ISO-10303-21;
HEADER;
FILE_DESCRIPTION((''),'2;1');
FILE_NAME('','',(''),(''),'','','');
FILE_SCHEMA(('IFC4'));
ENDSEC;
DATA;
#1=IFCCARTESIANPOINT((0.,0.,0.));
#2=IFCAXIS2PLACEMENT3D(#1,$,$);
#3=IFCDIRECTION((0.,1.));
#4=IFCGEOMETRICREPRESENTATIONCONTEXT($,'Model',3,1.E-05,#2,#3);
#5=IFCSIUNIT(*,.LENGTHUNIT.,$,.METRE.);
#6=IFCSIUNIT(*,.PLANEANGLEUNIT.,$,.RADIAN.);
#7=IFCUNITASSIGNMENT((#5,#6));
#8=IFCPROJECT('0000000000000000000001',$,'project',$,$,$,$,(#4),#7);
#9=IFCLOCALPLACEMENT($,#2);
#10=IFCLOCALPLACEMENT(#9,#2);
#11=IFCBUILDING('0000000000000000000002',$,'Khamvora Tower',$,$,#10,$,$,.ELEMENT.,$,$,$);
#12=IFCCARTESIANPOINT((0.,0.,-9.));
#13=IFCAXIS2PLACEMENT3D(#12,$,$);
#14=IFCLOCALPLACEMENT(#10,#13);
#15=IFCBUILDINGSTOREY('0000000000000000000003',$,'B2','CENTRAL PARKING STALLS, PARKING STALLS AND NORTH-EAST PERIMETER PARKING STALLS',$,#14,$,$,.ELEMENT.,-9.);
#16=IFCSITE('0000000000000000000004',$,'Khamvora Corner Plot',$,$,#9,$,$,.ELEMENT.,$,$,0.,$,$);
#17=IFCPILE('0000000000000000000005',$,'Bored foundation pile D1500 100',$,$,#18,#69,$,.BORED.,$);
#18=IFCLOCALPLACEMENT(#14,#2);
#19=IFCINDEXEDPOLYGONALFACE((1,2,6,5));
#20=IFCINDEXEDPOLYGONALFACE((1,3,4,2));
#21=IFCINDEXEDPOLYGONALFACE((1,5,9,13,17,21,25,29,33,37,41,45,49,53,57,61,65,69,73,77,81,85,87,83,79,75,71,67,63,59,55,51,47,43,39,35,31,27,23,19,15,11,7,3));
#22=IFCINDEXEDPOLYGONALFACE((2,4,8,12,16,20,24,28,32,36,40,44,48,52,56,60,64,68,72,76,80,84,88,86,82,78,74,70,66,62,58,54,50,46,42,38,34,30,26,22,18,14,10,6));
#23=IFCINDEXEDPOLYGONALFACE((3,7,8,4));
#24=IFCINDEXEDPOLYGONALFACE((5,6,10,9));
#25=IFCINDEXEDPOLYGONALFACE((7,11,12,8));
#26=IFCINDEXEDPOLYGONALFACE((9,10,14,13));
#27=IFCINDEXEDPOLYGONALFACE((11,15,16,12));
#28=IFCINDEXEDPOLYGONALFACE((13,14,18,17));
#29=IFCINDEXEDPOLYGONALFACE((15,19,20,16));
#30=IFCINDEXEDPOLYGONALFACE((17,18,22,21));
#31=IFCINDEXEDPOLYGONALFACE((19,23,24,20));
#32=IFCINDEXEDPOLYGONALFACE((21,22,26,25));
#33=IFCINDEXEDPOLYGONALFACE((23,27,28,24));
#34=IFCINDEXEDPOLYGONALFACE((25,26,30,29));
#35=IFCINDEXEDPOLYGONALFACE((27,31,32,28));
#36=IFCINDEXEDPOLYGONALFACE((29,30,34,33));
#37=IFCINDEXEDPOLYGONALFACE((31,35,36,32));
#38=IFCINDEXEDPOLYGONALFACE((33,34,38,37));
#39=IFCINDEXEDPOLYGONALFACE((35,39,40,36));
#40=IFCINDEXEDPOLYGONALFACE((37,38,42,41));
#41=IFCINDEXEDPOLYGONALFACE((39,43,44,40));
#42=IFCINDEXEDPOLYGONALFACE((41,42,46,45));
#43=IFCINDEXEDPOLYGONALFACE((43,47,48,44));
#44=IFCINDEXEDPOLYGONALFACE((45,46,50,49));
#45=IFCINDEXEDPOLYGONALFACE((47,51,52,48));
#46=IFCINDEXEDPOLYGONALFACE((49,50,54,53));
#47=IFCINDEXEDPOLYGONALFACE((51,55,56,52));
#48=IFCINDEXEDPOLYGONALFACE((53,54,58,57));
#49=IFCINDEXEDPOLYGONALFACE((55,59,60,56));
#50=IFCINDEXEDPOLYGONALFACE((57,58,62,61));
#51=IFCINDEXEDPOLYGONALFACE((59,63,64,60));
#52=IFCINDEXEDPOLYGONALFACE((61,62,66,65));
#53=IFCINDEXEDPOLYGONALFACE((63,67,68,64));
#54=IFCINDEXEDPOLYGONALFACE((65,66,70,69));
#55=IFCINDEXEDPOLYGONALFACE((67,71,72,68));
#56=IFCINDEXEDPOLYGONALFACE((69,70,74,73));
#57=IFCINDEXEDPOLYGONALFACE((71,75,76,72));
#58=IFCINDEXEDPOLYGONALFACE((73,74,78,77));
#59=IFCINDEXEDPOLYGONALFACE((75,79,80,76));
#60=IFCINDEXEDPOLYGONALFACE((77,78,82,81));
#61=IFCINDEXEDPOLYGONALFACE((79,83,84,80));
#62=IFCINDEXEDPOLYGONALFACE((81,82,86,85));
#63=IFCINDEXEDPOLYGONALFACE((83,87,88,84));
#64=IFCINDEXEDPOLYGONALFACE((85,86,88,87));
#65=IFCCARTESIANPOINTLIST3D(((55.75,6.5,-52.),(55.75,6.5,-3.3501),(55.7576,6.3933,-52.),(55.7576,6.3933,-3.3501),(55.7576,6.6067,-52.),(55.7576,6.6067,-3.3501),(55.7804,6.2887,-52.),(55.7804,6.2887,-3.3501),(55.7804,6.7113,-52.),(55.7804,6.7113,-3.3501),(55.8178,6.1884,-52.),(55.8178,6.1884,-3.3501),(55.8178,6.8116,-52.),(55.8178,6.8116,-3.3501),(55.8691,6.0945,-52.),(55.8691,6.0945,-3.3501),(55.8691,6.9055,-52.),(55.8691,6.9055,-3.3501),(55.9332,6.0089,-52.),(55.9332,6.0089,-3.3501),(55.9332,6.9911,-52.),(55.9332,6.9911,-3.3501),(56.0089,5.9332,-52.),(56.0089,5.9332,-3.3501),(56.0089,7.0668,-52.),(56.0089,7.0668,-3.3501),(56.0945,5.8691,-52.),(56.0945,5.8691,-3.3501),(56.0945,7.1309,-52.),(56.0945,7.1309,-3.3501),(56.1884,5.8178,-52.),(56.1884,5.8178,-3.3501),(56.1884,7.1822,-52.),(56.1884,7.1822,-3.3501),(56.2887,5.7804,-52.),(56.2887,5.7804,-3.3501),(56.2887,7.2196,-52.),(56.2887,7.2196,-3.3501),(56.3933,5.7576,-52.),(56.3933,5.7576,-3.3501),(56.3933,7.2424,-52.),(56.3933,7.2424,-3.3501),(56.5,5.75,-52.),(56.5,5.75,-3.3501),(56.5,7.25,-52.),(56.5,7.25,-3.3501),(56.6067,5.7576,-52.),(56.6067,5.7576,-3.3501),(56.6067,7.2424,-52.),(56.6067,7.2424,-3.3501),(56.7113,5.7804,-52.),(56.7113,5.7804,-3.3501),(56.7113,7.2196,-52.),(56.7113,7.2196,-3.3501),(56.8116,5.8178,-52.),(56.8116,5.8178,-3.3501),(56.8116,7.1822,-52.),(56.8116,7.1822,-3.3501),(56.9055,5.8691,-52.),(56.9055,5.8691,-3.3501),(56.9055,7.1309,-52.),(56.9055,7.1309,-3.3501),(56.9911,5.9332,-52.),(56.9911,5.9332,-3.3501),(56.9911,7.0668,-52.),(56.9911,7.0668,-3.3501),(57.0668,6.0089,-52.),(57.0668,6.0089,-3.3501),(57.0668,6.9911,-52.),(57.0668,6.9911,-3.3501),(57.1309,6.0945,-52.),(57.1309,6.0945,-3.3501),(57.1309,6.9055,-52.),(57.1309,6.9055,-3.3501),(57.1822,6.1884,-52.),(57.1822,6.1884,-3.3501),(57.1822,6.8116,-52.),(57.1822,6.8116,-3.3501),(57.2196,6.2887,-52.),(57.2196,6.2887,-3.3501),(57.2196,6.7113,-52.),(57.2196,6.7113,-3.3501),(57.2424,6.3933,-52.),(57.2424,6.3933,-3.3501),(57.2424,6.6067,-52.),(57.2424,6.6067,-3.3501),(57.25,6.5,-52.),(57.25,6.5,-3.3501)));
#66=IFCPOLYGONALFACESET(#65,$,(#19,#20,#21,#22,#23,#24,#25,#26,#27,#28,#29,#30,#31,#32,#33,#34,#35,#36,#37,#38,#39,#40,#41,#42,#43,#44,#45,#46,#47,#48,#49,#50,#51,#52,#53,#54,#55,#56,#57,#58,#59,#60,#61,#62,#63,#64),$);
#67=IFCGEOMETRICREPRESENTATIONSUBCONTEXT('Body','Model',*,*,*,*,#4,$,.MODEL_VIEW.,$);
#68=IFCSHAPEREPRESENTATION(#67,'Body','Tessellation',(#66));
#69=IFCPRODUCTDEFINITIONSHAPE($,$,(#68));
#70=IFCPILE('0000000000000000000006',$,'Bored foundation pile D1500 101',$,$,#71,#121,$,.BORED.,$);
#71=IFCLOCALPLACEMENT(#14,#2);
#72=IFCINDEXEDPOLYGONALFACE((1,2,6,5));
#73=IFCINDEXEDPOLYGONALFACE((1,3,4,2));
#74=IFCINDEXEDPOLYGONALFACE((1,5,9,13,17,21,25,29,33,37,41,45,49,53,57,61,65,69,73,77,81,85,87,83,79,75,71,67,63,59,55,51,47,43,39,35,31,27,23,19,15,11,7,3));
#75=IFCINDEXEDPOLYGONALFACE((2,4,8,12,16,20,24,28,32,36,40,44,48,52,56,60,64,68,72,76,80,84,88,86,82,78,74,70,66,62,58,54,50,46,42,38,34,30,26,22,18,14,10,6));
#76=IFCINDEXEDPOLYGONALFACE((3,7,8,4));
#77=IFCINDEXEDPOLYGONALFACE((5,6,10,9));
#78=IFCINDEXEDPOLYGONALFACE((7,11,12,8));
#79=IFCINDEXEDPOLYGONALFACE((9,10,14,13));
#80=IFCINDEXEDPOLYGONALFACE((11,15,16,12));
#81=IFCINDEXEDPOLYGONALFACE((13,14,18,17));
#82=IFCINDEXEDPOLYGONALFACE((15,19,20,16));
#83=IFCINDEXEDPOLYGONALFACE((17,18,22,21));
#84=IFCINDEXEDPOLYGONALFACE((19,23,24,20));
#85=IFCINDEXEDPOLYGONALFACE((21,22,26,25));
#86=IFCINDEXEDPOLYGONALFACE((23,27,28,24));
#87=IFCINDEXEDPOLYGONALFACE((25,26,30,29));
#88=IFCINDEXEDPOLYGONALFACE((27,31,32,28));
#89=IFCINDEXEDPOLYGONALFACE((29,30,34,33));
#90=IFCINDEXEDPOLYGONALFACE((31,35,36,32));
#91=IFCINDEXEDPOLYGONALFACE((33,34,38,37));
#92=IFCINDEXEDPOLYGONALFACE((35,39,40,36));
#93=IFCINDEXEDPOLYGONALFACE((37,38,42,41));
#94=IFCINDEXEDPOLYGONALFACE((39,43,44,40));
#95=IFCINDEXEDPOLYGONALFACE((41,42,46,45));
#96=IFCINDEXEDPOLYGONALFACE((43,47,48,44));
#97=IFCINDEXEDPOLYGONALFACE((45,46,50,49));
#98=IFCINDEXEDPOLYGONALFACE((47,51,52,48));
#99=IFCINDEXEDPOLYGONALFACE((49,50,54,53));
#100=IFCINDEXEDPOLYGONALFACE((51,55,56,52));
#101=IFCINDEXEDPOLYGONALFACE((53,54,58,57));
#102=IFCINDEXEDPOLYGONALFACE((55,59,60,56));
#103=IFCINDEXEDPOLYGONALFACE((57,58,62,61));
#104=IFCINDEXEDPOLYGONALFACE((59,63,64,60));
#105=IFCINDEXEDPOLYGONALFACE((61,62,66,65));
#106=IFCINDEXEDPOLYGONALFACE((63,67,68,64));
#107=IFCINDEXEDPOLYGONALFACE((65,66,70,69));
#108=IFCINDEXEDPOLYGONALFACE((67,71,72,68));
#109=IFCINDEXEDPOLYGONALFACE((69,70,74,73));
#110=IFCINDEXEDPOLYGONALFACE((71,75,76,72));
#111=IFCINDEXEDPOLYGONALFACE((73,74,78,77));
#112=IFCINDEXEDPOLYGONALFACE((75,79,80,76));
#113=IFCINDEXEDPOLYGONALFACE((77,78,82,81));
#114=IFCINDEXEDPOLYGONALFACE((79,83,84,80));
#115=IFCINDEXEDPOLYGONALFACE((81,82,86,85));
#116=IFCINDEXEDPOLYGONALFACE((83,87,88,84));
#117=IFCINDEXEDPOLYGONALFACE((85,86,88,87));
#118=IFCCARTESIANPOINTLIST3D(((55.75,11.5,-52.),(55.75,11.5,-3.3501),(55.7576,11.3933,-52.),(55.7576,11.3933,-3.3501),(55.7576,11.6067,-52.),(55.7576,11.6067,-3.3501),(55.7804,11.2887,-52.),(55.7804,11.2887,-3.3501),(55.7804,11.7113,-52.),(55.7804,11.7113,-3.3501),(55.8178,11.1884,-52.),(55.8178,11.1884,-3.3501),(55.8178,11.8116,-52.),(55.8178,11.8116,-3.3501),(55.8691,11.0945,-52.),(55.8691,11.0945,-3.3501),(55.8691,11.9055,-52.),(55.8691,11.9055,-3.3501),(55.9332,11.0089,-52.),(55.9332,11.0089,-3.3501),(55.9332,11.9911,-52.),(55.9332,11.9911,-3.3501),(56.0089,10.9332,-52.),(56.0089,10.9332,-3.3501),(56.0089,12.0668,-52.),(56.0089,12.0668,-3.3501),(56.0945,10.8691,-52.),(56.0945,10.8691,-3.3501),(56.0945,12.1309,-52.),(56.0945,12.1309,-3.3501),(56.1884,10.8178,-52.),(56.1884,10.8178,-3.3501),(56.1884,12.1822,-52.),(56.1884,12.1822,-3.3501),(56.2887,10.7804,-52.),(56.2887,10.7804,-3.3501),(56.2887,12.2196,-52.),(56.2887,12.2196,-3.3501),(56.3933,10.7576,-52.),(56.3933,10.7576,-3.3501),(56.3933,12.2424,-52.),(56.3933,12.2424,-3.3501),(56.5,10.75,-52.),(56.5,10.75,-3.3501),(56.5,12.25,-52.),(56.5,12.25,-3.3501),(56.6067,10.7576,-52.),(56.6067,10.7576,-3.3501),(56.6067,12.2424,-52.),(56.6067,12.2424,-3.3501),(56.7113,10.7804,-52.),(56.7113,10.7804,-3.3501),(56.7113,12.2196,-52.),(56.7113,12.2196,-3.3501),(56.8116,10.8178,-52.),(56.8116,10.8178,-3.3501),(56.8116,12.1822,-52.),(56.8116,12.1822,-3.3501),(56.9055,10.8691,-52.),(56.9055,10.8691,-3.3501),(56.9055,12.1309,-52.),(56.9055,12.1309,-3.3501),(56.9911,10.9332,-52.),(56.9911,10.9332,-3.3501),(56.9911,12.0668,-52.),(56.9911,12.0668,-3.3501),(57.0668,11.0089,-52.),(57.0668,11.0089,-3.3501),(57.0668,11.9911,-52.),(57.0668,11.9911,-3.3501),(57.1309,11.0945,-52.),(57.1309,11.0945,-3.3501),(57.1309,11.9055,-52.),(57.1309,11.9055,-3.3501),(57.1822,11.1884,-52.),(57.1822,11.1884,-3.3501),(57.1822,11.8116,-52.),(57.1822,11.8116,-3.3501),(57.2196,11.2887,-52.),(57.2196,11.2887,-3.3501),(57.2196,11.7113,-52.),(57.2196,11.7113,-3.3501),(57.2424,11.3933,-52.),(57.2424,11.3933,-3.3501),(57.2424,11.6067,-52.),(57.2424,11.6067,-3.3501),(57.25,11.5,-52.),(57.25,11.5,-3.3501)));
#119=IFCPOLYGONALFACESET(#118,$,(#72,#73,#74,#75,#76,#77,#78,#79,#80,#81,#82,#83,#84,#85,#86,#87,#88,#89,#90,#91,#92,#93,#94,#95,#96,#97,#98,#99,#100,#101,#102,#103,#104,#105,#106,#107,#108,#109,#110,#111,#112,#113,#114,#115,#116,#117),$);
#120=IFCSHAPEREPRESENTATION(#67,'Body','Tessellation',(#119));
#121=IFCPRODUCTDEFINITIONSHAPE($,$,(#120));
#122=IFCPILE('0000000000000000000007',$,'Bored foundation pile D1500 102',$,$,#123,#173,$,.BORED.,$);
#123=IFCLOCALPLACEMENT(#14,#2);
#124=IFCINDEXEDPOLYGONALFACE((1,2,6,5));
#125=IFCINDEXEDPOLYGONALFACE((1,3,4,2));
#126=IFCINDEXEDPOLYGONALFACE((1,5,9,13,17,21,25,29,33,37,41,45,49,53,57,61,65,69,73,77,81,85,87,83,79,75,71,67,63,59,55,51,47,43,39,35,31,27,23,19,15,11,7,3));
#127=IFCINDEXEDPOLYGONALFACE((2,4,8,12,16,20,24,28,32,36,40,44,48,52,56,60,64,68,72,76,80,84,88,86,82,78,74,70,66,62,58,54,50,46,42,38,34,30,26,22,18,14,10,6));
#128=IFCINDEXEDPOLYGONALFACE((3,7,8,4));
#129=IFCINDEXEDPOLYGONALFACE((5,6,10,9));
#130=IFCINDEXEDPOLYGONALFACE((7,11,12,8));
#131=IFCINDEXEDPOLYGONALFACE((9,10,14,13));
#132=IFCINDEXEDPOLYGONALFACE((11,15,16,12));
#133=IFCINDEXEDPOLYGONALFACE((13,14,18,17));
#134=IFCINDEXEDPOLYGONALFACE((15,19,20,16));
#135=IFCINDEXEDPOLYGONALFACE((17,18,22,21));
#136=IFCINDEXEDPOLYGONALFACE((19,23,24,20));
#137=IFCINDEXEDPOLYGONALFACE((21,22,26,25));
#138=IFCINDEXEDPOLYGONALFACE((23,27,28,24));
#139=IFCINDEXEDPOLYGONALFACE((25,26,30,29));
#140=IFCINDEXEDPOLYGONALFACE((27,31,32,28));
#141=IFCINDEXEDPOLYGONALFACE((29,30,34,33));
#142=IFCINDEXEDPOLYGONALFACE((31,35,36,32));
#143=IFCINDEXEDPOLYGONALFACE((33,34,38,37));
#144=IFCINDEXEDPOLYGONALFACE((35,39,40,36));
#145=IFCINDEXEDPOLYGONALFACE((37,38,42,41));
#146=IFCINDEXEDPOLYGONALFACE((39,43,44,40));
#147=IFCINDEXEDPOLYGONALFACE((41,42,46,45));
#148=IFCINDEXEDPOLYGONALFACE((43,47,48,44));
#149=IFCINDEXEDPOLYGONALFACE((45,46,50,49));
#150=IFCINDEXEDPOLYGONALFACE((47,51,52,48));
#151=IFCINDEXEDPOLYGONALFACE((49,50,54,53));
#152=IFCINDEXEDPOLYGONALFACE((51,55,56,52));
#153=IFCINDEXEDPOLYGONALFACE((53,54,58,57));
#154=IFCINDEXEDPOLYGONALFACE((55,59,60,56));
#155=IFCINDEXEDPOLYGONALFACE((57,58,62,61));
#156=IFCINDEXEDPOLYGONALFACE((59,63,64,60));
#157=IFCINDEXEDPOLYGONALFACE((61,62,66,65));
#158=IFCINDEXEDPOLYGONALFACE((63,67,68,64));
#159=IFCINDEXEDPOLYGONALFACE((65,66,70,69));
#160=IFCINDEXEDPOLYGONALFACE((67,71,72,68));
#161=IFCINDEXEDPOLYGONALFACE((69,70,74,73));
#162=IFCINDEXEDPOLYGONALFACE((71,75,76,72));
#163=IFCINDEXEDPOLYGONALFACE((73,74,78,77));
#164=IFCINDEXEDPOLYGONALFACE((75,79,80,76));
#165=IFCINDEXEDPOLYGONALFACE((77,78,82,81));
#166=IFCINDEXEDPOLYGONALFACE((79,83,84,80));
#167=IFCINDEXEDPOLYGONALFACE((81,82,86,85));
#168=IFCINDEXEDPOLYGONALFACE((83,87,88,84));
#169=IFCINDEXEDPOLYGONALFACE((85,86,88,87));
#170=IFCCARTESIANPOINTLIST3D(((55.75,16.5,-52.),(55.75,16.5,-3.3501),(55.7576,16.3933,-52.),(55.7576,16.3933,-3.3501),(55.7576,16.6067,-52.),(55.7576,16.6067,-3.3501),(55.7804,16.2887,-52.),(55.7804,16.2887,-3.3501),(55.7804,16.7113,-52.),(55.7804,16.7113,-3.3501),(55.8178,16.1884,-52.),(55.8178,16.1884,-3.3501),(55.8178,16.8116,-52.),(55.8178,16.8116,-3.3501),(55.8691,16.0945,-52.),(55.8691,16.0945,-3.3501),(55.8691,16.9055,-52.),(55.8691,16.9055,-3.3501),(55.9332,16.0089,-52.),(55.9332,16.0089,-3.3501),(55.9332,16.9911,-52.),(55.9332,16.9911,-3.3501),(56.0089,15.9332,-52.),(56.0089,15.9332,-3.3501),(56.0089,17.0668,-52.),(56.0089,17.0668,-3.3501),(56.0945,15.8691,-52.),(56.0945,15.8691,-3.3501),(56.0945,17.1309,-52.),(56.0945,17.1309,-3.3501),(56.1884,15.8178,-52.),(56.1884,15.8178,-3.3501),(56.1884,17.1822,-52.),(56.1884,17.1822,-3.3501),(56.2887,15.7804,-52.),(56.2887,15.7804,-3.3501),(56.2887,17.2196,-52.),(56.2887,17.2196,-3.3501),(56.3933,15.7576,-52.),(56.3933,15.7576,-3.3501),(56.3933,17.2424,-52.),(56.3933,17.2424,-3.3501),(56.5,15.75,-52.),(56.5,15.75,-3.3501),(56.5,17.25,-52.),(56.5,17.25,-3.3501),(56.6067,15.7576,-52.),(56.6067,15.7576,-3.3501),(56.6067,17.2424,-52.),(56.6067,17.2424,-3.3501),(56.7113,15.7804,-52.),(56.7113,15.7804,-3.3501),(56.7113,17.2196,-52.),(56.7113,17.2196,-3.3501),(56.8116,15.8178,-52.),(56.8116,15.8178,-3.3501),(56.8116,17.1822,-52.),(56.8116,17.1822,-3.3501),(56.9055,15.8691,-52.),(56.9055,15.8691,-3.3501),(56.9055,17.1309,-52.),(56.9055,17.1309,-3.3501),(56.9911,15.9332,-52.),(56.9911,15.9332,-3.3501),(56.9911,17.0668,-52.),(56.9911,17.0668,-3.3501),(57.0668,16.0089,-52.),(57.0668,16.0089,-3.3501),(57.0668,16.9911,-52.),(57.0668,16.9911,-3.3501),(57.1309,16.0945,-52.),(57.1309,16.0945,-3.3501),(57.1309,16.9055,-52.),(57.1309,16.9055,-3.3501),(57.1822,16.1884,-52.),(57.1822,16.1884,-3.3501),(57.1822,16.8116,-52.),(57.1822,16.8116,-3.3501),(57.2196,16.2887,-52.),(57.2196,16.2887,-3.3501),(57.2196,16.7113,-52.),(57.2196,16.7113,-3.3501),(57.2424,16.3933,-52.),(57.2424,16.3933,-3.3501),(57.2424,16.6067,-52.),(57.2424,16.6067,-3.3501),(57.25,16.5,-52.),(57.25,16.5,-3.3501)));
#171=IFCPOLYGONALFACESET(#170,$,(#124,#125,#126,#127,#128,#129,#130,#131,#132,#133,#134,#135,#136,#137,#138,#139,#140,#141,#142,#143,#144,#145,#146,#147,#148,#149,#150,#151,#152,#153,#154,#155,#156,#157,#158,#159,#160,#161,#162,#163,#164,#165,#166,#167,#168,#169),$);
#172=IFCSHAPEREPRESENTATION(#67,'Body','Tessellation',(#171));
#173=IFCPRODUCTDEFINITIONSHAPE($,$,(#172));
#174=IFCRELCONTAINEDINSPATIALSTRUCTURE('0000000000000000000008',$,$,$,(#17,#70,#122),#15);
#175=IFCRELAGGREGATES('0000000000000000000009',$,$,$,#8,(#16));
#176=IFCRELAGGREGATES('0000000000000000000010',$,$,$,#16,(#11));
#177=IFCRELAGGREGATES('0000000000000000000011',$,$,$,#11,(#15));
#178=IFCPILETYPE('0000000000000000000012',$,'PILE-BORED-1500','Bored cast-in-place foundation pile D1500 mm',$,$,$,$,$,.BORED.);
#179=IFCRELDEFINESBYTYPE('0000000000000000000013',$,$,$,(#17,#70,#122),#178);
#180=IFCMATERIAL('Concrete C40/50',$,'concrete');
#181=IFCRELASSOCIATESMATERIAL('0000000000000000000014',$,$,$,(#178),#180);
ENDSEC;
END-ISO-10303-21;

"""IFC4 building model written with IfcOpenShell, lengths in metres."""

from ifc_helpers import new_model, si_unit, direction, frame, origin, origin_2d, place, context, subcontext, project, spatial, circle, extrude, material, material_profile, profile_set, type_object, element, save


model = new_model("IFC4")

# Units and contexts
model_context = context("Model", 3, precision=1e-05, world=origin(), true_north=direction((0.0, 1.0)))
body_context = subcontext(model_context, "Body", "Model", "MODEL_VIEW")
ifc_project = project(units=[si_unit("LENGTHUNIT", "METRE"), si_unit("PLANEANGLEUNIT", "RADIAN")], contexts=[model_context])

# Site, building, storey
site_placement = place(None, origin())
site = spatial("IfcSite", under=ifc_project, at=site_placement, Name="Khamvora Corner Plot", CompositionType="ELEMENT", RefElevation=0.0)
building_placement = place(site_placement, origin())
building = spatial("IfcBuilding", under=site, at=building_placement, Name="Khamvora Tower", CompositionType="ELEMENT")
storey_placement = place(building_placement, frame((0.0, 0.0, -9.0)))
storey = spatial("IfcBuildingStorey", under=building, at=storey_placement, Name="B2", Description="CENTRAL PARKING STALLS, PARKING STALLS AND NORTH-EAST PERIMETER PARKING STALLS", CompositionType="ELEMENT", Elevation=-9.0)

# Piles
ifc_material_1 = material(Name="Concrete C40/50", Category="concrete")
ifc_material_profile_1 = material_profile(ifc_material_1, circle(Radius=0.75, at=origin_2d()), Name="PILE_D1500")
ifc_profile_set_1 = profile_set([ifc_material_profile_1], Name="Concrete C40/50")
pile_type_1 = type_object("IfcPileType", Name="PILE-BORED-1500", Description="Bored cast-in-place foundation pile D1500 mm", PredefinedType="BORED", material=ifc_profile_set_1)
for number, where, z_axis, x_axis, name in (
    (1, (56.5, 6.5, -3.3501), (0.0, 0.0, -1.0), (1.0, 0.0, 0.0), "Bored foundation pile D1500 100"),
    (2, (56.5, 11.5, -3.3501), (0.0, 0.0, -1.0), (1.0, 0.0, 0.0), "Bored foundation pile D1500 101"),
    (3, (56.5, 16.5, -3.3501), (0.0, 0.0, -1.0), (1.0, 0.0, 0.0), "Bored foundation pile D1500 102"),
):
    element("IfcPile", number, at=place(storey_placement, frame(where, z_axis=z_axis, x_axis=x_axis)), inside=storey, type_object=pile_type_1, Name=name, PredefinedType="BORED", context=body_context, shape_type="SweptSolid", body=[
        extrude(circle(Radius=0.75, at=origin_2d()), origin(), (0.0, 0.0, 1.0), 48.6499),
    ])

save(model, "model.ifc")
